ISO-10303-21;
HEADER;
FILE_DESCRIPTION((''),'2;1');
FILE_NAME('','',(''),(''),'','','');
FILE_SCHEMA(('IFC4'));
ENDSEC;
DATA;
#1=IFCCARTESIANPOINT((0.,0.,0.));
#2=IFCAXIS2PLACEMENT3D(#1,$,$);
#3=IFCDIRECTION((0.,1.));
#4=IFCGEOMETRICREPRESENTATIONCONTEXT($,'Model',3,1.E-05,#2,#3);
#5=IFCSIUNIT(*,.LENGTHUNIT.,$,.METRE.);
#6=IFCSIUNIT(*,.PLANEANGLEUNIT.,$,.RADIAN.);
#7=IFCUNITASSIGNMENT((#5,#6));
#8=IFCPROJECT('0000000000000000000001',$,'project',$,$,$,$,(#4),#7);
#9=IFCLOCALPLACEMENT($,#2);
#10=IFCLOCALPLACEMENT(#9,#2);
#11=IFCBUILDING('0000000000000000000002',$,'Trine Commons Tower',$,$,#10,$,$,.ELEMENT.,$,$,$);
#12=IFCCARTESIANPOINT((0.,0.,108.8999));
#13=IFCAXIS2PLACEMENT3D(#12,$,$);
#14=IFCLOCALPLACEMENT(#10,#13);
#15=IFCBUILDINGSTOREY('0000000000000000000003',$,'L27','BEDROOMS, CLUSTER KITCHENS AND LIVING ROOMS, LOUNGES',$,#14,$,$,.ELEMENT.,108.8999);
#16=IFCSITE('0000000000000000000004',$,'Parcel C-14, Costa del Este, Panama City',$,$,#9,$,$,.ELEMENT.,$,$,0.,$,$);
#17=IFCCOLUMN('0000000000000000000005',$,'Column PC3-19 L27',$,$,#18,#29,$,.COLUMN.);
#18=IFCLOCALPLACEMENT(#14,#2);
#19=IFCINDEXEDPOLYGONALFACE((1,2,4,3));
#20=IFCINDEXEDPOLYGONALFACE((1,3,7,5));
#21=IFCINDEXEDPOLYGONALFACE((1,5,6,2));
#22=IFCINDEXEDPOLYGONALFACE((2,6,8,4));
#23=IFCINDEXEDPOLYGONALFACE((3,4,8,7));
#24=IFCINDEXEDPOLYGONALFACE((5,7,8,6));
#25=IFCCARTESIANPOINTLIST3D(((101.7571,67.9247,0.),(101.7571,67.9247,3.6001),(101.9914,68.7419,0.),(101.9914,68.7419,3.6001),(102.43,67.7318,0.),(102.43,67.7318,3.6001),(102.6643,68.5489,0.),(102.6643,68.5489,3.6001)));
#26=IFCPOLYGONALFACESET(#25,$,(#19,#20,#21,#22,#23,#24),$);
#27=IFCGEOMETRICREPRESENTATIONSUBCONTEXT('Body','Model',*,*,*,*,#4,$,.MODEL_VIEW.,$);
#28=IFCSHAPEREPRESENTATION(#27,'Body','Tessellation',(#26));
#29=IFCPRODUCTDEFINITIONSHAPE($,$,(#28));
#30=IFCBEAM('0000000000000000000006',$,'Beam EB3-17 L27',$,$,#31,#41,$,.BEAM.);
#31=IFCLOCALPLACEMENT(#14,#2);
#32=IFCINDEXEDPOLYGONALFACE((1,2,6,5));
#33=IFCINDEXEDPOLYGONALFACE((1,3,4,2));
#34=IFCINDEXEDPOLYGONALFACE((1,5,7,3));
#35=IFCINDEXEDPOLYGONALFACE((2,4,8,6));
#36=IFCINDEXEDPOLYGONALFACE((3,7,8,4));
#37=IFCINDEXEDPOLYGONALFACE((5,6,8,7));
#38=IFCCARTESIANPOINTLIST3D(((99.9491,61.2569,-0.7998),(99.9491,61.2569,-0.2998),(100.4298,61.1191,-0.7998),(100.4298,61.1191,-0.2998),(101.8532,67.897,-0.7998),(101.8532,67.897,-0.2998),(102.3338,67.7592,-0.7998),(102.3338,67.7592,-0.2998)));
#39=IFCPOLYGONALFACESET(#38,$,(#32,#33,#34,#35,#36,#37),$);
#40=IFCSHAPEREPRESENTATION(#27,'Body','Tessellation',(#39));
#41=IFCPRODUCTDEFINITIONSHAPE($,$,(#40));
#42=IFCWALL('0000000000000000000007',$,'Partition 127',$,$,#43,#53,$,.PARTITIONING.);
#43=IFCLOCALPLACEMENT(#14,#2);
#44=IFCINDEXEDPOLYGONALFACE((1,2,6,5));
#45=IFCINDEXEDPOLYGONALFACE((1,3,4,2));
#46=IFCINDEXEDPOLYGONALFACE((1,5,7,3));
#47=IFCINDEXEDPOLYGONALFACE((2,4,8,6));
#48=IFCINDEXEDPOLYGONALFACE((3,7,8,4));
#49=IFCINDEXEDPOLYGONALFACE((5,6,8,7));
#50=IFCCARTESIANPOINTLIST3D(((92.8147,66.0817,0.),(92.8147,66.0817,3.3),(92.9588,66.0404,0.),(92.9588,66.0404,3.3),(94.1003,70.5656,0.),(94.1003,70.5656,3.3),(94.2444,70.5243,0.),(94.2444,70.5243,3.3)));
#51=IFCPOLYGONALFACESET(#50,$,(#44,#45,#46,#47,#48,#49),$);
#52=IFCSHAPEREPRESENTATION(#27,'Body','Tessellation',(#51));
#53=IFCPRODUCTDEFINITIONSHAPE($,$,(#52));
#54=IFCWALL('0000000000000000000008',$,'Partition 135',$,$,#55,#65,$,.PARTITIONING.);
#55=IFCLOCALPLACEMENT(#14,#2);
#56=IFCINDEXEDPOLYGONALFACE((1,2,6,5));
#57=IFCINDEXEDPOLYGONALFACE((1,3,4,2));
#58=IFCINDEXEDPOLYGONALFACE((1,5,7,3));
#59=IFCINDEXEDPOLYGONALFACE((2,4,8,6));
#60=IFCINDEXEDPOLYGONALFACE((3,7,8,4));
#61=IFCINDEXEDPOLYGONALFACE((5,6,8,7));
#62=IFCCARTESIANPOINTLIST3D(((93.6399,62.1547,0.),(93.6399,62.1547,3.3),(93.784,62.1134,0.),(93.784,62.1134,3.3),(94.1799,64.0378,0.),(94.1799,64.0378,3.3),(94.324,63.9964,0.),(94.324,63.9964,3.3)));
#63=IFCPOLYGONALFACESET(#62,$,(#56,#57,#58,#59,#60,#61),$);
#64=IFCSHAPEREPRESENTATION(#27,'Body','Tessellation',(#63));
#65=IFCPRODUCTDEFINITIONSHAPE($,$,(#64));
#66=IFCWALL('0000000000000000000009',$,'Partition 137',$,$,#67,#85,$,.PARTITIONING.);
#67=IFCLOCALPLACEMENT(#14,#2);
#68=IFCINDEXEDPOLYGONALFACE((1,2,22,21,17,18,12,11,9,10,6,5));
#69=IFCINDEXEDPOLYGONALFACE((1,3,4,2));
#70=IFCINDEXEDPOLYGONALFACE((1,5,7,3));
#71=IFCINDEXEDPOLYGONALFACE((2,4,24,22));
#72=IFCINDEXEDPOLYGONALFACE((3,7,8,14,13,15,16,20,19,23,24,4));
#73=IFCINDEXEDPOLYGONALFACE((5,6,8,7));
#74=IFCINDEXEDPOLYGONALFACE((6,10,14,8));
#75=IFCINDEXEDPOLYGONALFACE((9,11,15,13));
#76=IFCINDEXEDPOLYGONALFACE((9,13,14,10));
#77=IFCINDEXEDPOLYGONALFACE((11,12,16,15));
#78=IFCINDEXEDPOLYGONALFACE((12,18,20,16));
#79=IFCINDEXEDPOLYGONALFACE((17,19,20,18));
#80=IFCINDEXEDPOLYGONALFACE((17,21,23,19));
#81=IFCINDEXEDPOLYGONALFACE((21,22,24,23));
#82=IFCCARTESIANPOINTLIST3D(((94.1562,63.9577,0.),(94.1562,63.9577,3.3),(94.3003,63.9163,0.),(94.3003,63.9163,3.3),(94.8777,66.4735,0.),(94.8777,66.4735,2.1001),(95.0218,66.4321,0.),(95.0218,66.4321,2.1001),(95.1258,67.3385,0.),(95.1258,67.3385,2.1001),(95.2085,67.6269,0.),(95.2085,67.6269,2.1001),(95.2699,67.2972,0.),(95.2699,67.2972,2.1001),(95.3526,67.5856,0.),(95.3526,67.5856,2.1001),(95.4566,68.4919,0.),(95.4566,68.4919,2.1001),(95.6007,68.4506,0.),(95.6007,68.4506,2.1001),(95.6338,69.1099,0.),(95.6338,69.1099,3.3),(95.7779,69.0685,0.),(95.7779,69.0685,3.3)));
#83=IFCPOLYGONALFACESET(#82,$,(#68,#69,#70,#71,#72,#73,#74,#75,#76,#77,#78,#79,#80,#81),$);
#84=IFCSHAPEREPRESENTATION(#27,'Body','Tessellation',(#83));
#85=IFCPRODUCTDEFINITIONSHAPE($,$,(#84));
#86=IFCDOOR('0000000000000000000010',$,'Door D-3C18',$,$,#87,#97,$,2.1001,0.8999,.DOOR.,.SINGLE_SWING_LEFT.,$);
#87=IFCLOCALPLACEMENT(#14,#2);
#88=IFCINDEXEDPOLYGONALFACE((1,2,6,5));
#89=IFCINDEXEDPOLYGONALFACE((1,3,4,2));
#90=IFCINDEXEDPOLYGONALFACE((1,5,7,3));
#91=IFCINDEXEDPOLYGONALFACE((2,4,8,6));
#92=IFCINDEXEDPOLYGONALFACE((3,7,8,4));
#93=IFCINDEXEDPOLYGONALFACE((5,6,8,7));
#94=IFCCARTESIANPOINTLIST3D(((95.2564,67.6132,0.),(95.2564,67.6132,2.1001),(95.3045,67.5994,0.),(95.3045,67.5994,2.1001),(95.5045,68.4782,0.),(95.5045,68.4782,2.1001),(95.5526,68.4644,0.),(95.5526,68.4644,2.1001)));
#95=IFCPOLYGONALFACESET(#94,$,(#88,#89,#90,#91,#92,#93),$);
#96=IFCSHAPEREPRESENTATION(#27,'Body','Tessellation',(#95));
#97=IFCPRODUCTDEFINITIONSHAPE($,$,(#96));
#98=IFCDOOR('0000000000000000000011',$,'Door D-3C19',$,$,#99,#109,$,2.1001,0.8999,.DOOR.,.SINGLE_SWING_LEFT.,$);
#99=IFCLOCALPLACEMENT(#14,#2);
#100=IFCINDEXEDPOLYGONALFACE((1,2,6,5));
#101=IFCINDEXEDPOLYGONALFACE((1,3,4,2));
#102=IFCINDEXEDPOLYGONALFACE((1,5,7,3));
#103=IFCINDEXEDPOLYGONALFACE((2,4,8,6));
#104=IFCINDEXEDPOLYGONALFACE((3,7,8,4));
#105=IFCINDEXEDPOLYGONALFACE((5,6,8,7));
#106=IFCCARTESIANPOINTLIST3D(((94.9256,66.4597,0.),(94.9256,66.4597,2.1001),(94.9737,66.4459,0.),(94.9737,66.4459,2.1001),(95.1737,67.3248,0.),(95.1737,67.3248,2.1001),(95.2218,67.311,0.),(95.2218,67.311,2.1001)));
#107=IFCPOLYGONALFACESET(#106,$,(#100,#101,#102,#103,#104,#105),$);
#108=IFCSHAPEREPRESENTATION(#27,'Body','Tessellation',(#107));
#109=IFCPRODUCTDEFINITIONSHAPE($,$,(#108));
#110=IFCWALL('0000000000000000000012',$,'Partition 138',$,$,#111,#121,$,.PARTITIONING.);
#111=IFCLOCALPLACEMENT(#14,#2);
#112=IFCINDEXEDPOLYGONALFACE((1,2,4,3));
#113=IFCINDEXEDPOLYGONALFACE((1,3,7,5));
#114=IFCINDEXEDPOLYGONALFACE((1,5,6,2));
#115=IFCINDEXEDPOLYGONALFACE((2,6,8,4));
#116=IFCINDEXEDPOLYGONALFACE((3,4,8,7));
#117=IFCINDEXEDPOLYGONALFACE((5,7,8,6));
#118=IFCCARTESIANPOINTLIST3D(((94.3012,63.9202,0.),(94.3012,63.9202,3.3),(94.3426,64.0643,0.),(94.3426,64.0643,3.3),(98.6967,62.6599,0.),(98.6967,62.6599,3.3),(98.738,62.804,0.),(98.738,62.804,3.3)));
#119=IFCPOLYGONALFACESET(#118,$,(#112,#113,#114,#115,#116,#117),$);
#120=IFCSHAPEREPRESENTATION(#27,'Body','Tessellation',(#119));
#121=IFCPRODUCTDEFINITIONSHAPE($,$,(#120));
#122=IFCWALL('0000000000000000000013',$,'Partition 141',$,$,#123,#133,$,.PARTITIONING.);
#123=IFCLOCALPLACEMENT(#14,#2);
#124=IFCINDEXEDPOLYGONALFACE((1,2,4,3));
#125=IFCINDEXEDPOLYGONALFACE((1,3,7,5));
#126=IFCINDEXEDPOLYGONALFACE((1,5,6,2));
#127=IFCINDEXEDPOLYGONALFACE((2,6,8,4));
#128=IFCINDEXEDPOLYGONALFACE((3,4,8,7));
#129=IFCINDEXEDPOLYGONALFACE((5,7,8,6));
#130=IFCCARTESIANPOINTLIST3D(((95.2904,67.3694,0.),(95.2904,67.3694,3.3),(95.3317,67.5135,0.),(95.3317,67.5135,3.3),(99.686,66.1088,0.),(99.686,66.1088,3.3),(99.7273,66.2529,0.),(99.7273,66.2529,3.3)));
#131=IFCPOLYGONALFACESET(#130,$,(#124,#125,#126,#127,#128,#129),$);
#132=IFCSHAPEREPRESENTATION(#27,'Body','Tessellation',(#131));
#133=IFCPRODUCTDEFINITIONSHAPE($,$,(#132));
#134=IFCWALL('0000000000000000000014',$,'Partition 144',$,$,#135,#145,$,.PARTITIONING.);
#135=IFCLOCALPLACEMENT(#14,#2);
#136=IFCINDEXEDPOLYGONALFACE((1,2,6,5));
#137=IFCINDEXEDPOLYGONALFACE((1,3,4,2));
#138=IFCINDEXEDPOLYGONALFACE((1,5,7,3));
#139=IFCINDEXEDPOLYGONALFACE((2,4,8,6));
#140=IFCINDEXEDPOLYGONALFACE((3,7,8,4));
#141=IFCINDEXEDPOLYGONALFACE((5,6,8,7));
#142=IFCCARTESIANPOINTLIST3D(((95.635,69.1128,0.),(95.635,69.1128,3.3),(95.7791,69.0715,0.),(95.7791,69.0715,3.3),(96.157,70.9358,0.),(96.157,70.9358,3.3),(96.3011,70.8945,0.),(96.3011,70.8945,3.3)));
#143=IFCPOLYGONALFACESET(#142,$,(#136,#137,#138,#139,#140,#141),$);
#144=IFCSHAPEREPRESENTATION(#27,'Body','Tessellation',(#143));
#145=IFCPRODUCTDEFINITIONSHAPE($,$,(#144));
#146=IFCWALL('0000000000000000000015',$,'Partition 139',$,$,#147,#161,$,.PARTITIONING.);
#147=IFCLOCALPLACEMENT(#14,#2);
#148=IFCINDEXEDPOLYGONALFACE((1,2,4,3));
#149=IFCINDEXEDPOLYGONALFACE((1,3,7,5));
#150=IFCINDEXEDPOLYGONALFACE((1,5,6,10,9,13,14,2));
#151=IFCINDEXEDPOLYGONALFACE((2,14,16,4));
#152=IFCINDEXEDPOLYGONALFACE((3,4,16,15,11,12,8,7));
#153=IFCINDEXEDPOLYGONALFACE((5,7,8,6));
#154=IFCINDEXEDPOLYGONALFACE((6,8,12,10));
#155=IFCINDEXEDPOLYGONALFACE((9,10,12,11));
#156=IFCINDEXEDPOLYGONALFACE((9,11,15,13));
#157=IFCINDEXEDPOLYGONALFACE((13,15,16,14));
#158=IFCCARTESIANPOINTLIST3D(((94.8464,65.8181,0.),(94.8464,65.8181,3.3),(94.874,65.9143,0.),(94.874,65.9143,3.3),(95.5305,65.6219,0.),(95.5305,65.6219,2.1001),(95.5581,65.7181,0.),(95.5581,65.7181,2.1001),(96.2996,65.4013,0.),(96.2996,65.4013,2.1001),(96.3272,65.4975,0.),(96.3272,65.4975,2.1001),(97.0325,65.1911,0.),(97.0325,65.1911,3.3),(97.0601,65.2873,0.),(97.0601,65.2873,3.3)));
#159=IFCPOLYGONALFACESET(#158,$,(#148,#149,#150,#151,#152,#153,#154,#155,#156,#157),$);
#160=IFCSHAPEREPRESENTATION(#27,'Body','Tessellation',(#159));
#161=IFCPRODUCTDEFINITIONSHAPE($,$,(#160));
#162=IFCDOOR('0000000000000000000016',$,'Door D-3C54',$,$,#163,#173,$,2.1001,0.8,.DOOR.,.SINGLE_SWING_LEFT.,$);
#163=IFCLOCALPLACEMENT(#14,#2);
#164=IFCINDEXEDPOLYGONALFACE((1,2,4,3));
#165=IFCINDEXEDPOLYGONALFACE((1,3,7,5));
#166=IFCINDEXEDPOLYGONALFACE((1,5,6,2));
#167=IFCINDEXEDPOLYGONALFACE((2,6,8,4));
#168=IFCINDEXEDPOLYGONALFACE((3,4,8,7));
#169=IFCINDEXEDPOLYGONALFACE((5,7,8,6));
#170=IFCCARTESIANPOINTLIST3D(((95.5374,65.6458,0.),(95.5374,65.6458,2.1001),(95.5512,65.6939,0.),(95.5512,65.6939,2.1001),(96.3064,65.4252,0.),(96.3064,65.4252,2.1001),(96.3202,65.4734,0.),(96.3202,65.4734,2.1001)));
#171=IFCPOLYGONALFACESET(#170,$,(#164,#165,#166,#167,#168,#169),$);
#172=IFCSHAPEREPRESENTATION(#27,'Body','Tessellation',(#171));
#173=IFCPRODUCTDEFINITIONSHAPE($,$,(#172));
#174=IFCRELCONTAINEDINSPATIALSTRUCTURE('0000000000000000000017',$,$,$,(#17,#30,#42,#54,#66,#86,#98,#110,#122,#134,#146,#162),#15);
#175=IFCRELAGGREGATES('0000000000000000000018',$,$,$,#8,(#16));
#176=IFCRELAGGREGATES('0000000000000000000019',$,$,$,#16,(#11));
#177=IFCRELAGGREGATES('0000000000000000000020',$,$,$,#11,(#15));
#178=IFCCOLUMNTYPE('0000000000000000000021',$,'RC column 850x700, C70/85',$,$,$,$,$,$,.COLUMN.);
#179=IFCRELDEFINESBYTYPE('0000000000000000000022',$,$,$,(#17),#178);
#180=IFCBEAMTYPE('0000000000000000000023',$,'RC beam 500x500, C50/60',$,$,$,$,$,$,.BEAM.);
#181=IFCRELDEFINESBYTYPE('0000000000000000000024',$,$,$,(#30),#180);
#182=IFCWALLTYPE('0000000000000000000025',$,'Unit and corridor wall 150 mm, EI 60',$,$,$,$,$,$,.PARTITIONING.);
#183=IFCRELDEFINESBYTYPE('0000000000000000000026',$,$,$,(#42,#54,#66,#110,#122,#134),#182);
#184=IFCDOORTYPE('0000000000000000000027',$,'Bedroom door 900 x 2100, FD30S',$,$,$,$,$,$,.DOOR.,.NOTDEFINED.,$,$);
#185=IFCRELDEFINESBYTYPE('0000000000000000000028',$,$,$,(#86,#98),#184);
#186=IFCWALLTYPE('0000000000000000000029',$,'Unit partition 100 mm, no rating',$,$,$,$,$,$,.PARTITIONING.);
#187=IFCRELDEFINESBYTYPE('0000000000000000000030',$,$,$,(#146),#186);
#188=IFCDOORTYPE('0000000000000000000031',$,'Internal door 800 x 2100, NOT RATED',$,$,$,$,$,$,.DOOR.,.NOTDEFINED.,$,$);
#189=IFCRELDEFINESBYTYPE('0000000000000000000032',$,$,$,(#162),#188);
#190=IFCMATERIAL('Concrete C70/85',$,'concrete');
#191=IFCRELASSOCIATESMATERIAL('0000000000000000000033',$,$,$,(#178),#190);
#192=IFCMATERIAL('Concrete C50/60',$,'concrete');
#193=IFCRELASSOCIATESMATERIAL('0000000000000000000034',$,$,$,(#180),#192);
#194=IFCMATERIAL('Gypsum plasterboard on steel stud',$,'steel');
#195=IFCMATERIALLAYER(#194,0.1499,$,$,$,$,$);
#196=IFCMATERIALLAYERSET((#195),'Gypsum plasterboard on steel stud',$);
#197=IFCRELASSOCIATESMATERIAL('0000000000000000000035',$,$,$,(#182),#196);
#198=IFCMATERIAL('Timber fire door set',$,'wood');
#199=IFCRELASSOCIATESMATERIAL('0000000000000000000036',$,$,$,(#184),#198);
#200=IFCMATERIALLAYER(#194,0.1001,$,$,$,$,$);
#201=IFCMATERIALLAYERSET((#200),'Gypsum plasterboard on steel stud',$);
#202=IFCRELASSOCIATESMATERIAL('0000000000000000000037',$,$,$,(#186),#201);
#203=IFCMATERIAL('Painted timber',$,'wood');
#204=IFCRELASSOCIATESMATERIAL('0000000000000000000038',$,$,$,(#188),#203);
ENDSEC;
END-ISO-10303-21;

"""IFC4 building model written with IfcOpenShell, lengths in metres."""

from ifc_helpers import new_model, si_unit, direction, frame, frame_2d, origin, origin_2d, place, context, subcontext, project, spatial, rectangle, extrude, material, layer, layer_set, material_profile, profile_set, type_object, element, fill, save


model = new_model("IFC4")

# Units and contexts
model_context = context("Model", 3, precision=1e-05, world=origin(), true_north=direction((0.0, 1.0)))
body_context = subcontext(model_context, "Body", "Model", "MODEL_VIEW")
ifc_project = project(units=[si_unit("LENGTHUNIT", "METRE"), si_unit("PLANEANGLEUNIT", "RADIAN")], contexts=[model_context])

# Site, building, storey
site_placement = place(None, origin())
site = spatial("IfcSite", under=ifc_project, at=site_placement, Name="Parcel C-14, Costa del Este, Panama City", CompositionType="ELEMENT", RefElevation=0.0)
building_placement = place(site_placement, origin())
building = spatial("IfcBuilding", under=site, at=building_placement, Name="Trine Commons Tower", CompositionType="ELEMENT")
storey_placement = place(building_placement, frame((0.0, 0.0, 108.8999)))
storey = spatial("IfcBuildingStorey", under=building, at=storey_placement, Name="L27", Description="BEDROOMS, CLUSTER KITCHENS AND LIVING ROOMS, LOUNGES", CompositionType="ELEMENT", Elevation=108.8999)

# Column
ifc_material_1 = material(Name="Concrete C70/85", Category="concrete")
ifc_material_profile_1 = material_profile(ifc_material_1, rectangle(XDim=0.8501, YDim=0.7, at=origin_2d()), Name="RC 850x700")
ifc_profile_set_1 = profile_set([ifc_material_profile_1], Name="Concrete C70/85")
column_type = type_object("IfcColumnType", Name="RC column 850x700, C70/85", PredefinedType="COLUMN", material=ifc_profile_set_1)
column_placement = place(storey_placement, frame((102.2107, 68.2368, 0.0), z_axis=(0.0, 0.0, 1.0), x_axis=(0.275637, 0.961262, 0.0)))
element("IfcColumn", 1, at=column_placement, inside=storey, type_object=column_type, Name="Column PC3-19 L27", PredefinedType="COLUMN", context=body_context, shape_type="SweptSolid", body=[
    extrude(rectangle(XDim=0.8501, YDim=0.7, at=origin_2d()), origin(), (0.0, 0.0, 1.0), 3.6001),
])

# Beam
ifc_material_2 = material(Name="Concrete C50/60", Category="concrete")
ifc_material_profile_2 = material_profile(ifc_material_2, rectangle(XDim=0.5, YDim=0.5, at=origin_2d()), Name="RC 500x500")
ifc_profile_set_2 = profile_set([ifc_material_profile_2], Name="Concrete C50/60")
beam_type = type_object("IfcBeamType", Name="RC beam 500x500, C50/60", PredefinedType="BEAM", material=ifc_profile_set_2)
beam_placement = place(storey_placement, frame((102.0935, 67.8281, -0.5498), z_axis=(-0.275641, -0.961261, 0.0), x_axis=(0.961261, -0.275641, 0.0)))
element("IfcBeam", 2, at=beam_placement, inside=storey, type_object=beam_type, Name="Beam EB3-17 L27", PredefinedType="BEAM", context=body_context, shape_type="SweptSolid", body=[
    extrude(rectangle(XDim=0.5, YDim=0.5, at=origin_2d()), origin(), (0.0, 0.0, 1.0), 6.9077),
])

# Walls
ifc_material_3 = material(Name="Gypsum plasterboard on steel stud", Category="steel")
ifc_layer_1 = layer(ifc_material_3, 0.1499)
ifc_layer_set_1 = layer_set([ifc_layer_1], Name="Gypsum plasterboard on steel stud")
wall_type_1 = type_object("IfcWallType", Name="Unit and corridor wall 150 mm, EI 60", PredefinedType="PARTITIONING", material=ifc_layer_set_1)
wall_1_placement = place(storey_placement, frame((92.8867, 66.061, 0.0), z_axis=(0.0, 0.0, 1.0), x_axis=(0.27562, 0.961267, 0.0)))
element("IfcWall", 3, at=wall_1_placement, inside=storey, type_object=wall_type_1, Name="Partition 127", PredefinedType="PARTITIONING", context=body_context, shape_type="SweptSolid", body=[
    extrude(rectangle(XDim=4.6646, YDim=0.1499, at=frame_2d((2.3323, 0.0))), origin(), (0.0, 0.0, 1.0), 3.3),
])
wall_2_placement = place(storey_placement, frame((93.7119, 62.134, 0.0), z_axis=(0.0, 0.0, 1.0), x_axis=(0.275676, 0.961251, 0.0)))
element("IfcWall", 4, at=wall_2_placement, inside=storey, type_object=wall_type_1, Name="Partition 135", PredefinedType="PARTITIONING", context=body_context, shape_type="SweptSolid", body=[
    extrude(rectangle(XDim=1.959, YDim=0.1499, at=frame_2d((0.9795, 0.0))), origin(), (0.0, 0.0, 1.0), 3.3),
])

# Wall, openings, doors
wall_3_placement = place(storey_placement, frame((94.2283, 63.937, 0.0), z_axis=(0.0, 0.0, 1.0), x_axis=(0.275672, 0.961252, 0.0)))
wall_3 = element("IfcWall", 5, at=wall_3_placement, inside=storey, type_object=wall_type_1, Name="Partition 137", PredefinedType="PARTITIONING", context=body_context, shape_type="SweptSolid", body=[
    extrude(rectangle(XDim=5.3599, YDim=0.1499, at=frame_2d((2.6799, 0.0))), origin(), (0.0, 0.0, 1.0), 3.3),
])
opening_1_placement = place(wall_3_placement, frame((3.8171, 0.0, 0.0)))
opening_1 = element("IfcOpeningElement", 6, at=opening_1_placement, cuts=wall_3, PredefinedType="OPENING", context=body_context, shape_type="SweptSolid", body=[
    extrude(rectangle(XDim=0.8999, YDim=2.1001, at=frame_2d((0.45, 1.05))), frame((0.0, 0.085, 0.0), z_axis=(0.0, -1.0, 0.0), x_axis=(1.0, 0.0, 0.0)), (0.0, 0.0, 1.0), 0.1699),
])
opening_2_placement = place(wall_3_placement, frame((2.6172, 0.0, 0.0)))
opening_2 = element("IfcOpeningElement", 7, at=opening_2_placement, cuts=wall_3, PredefinedType="OPENING", context=body_context, shape_type="SweptSolid", body=[
    extrude(rectangle(XDim=0.8999, YDim=2.1001, at=frame_2d((0.45, 1.05))), frame((0.0, 0.085, 0.0), z_axis=(0.0, -1.0, 0.0), x_axis=(1.0, 0.0, 0.0)), (0.0, 0.0, 1.0), 0.1699),
])
ifc_material_4 = material(Name="Timber fire door set", Category="wood")
door_type_1 = type_object("IfcDoorType", Name="Bedroom door 900 x 2100, FD30S", OperationType="NOTDEFINED", PredefinedType="DOOR", material=ifc_material_4)
door_1_placement = place(opening_1_placement, frame((0.8999, 0.0, 0.0), z_axis=(0.0, 0.0, 1.0), x_axis=(-1.0, 0.0, 0.0)))
door_1 = element("IfcDoor", 8, at=door_1_placement, inside=storey, type_object=door_type_1, Name="Door D-3C18", OperationType="SINGLE_SWING_LEFT", OverallHeight=2.1001, OverallWidth=0.8999, PredefinedType="DOOR", context=body_context, shape_type="SweptSolid", body=[
    extrude(rectangle(XDim=0.8999, YDim=2.1001, at=frame_2d((0.45, 1.05))), frame((0.0, 0.0249, 0.0), z_axis=(0.0, -1.0, 0.0), x_axis=(1.0, 0.0, 0.0)), (0.0, 0.0, 1.0), 0.05),
])
fill(opening_1, door_1)
door_2_placement = place(opening_2_placement, frame((0.8999, 0.0, 0.0), z_axis=(0.0, 0.0, 1.0), x_axis=(-1.0, 0.0, 0.0)))
door_2 = element("IfcDoor", 9, at=door_2_placement, inside=storey, type_object=door_type_1, Name="Door D-3C19", OperationType="SINGLE_SWING_LEFT", OverallHeight=2.1001, OverallWidth=0.8999, PredefinedType="DOOR", context=body_context, shape_type="SweptSolid", body=[
    extrude(rectangle(XDim=0.8999, YDim=2.1001, at=frame_2d((0.45, 1.05))), frame((0.0, 0.0249, 0.0), z_axis=(0.0, -1.0, 0.0), x_axis=(1.0, 0.0, 0.0)), (0.0, 0.0, 1.0), 0.05),
])
fill(opening_2, door_2)

# Walls
wall_4_placement = place(storey_placement, frame((94.322, 63.9922, 0.0), z_axis=(0.0, 0.0, 1.0), x_axis=(0.96127, -0.27561, 0.0)))
element("IfcWall", 10, at=wall_4_placement, inside=storey, type_object=wall_type_1, Name="Partition 138", PredefinedType="PARTITIONING", context=body_context, shape_type="SweptSolid", body=[
    extrude(rectangle(XDim=4.5725, YDim=0.1499, at=frame_2d((2.2861, 0.0))), origin(), (0.0, 0.0, 1.0), 3.3),
])
wall_5_placement = place(storey_placement, frame((95.311, 67.4414, 0.0), z_axis=(0.0, 0.0, 1.0), x_axis=(0.961256, -0.275659, 0.0)))
element("IfcWall", 11, at=wall_5_placement, inside=storey, type_object=wall_type_1, Name="Partition 141", PredefinedType="PARTITIONING", context=body_context, shape_type="SweptSolid", body=[
    extrude(rectangle(XDim=4.5728, YDim=0.1499, at=frame_2d((2.2864, 0.0))), origin(), (0.0, 0.0, 1.0), 3.3),
])
wall_6_placement = place(storey_placement, frame((95.707, 69.092, 0.0), z_axis=(0.0, 0.0, 1.0), x_axis=(0.275265, 0.961368, 0.0)))
element("IfcWall", 12, at=wall_6_placement, inside=storey, type_object=wall_type_1, Name="Partition 144", PredefinedType="PARTITIONING", context=body_context, shape_type="SweptSolid", body=[
    extrude(rectangle(XDim=1.8962, YDim=0.1499, at=frame_2d((0.9482, 0.0))), origin(), (0.0, 0.0, 1.0), 3.3),
])

# Wall, opening, door
ifc_layer_2 = layer(ifc_material_3, 0.1001)
ifc_layer_set_2 = layer_set([ifc_layer_2], Name="Gypsum plasterboard on steel stud")
wall_type_2 = type_object("IfcWallType", Name="Unit partition 100 mm, no rating", PredefinedType="PARTITIONING", material=ifc_layer_set_2)
wall_7_placement = place(storey_placement, frame((94.8601, 65.8662, 0.0), z_axis=(0.0, 0.0, 1.0), x_axis=(0.961248, -0.275685, 0.0)))
wall_7 = element("IfcWall", 13, at=wall_7_placement, inside=storey, type_object=wall_type_2, Name="Partition 139", PredefinedType="PARTITIONING", context=body_context, shape_type="SweptSolid", body=[
    extrude(rectangle(XDim=2.2742, YDim=0.1001, at=frame_2d((1.1372, 0.0))), origin(), (0.0, 0.0, 1.0), 3.3),
])
opening_3_placement = place(wall_7_placement, frame((0.7119, 0.0, 0.0)))
opening_3 = element("IfcOpeningElement", 14, at=opening_3_placement, cuts=wall_7, PredefinedType="OPENING", context=body_context, shape_type="SweptSolid", body=[
    extrude(rectangle(XDim=0.8, YDim=2.1001, at=frame_2d((0.3999, 1.05))), frame((0.0, 0.0601, 0.0), z_axis=(0.0, -1.0, 0.0), x_axis=(1.0, 0.0, 0.0)), (0.0, 0.0, 1.0), 0.1201),
])
ifc_material_5 = material(Name="Painted timber", Category="wood")
door_type_2 = type_object("IfcDoorType", Name="Internal door 800 x 2100, NOT RATED", OperationType="NOTDEFINED", PredefinedType="DOOR", material=ifc_material_5)
door_3_placement = place(opening_3_placement, origin())
door_3 = element("IfcDoor", 15, at=door_3_placement, inside=storey, type_object=door_type_2, Name="Door D-3C54", OperationType="SINGLE_SWING_LEFT", OverallHeight=2.1001, OverallWidth=0.8, PredefinedType="DOOR", context=body_context, shape_type="SweptSolid", body=[
    extrude(rectangle(XDim=0.8, YDim=2.1001, at=frame_2d((0.3999, 1.05))), frame((0.0, 0.0249, 0.0), z_axis=(0.0, -1.0, 0.0), x_axis=(1.0, 0.0, 0.0)), (0.0, 0.0, 1.0), 0.05),
])
fill(opening_3, door_3)

save(model, "model.ifc")
